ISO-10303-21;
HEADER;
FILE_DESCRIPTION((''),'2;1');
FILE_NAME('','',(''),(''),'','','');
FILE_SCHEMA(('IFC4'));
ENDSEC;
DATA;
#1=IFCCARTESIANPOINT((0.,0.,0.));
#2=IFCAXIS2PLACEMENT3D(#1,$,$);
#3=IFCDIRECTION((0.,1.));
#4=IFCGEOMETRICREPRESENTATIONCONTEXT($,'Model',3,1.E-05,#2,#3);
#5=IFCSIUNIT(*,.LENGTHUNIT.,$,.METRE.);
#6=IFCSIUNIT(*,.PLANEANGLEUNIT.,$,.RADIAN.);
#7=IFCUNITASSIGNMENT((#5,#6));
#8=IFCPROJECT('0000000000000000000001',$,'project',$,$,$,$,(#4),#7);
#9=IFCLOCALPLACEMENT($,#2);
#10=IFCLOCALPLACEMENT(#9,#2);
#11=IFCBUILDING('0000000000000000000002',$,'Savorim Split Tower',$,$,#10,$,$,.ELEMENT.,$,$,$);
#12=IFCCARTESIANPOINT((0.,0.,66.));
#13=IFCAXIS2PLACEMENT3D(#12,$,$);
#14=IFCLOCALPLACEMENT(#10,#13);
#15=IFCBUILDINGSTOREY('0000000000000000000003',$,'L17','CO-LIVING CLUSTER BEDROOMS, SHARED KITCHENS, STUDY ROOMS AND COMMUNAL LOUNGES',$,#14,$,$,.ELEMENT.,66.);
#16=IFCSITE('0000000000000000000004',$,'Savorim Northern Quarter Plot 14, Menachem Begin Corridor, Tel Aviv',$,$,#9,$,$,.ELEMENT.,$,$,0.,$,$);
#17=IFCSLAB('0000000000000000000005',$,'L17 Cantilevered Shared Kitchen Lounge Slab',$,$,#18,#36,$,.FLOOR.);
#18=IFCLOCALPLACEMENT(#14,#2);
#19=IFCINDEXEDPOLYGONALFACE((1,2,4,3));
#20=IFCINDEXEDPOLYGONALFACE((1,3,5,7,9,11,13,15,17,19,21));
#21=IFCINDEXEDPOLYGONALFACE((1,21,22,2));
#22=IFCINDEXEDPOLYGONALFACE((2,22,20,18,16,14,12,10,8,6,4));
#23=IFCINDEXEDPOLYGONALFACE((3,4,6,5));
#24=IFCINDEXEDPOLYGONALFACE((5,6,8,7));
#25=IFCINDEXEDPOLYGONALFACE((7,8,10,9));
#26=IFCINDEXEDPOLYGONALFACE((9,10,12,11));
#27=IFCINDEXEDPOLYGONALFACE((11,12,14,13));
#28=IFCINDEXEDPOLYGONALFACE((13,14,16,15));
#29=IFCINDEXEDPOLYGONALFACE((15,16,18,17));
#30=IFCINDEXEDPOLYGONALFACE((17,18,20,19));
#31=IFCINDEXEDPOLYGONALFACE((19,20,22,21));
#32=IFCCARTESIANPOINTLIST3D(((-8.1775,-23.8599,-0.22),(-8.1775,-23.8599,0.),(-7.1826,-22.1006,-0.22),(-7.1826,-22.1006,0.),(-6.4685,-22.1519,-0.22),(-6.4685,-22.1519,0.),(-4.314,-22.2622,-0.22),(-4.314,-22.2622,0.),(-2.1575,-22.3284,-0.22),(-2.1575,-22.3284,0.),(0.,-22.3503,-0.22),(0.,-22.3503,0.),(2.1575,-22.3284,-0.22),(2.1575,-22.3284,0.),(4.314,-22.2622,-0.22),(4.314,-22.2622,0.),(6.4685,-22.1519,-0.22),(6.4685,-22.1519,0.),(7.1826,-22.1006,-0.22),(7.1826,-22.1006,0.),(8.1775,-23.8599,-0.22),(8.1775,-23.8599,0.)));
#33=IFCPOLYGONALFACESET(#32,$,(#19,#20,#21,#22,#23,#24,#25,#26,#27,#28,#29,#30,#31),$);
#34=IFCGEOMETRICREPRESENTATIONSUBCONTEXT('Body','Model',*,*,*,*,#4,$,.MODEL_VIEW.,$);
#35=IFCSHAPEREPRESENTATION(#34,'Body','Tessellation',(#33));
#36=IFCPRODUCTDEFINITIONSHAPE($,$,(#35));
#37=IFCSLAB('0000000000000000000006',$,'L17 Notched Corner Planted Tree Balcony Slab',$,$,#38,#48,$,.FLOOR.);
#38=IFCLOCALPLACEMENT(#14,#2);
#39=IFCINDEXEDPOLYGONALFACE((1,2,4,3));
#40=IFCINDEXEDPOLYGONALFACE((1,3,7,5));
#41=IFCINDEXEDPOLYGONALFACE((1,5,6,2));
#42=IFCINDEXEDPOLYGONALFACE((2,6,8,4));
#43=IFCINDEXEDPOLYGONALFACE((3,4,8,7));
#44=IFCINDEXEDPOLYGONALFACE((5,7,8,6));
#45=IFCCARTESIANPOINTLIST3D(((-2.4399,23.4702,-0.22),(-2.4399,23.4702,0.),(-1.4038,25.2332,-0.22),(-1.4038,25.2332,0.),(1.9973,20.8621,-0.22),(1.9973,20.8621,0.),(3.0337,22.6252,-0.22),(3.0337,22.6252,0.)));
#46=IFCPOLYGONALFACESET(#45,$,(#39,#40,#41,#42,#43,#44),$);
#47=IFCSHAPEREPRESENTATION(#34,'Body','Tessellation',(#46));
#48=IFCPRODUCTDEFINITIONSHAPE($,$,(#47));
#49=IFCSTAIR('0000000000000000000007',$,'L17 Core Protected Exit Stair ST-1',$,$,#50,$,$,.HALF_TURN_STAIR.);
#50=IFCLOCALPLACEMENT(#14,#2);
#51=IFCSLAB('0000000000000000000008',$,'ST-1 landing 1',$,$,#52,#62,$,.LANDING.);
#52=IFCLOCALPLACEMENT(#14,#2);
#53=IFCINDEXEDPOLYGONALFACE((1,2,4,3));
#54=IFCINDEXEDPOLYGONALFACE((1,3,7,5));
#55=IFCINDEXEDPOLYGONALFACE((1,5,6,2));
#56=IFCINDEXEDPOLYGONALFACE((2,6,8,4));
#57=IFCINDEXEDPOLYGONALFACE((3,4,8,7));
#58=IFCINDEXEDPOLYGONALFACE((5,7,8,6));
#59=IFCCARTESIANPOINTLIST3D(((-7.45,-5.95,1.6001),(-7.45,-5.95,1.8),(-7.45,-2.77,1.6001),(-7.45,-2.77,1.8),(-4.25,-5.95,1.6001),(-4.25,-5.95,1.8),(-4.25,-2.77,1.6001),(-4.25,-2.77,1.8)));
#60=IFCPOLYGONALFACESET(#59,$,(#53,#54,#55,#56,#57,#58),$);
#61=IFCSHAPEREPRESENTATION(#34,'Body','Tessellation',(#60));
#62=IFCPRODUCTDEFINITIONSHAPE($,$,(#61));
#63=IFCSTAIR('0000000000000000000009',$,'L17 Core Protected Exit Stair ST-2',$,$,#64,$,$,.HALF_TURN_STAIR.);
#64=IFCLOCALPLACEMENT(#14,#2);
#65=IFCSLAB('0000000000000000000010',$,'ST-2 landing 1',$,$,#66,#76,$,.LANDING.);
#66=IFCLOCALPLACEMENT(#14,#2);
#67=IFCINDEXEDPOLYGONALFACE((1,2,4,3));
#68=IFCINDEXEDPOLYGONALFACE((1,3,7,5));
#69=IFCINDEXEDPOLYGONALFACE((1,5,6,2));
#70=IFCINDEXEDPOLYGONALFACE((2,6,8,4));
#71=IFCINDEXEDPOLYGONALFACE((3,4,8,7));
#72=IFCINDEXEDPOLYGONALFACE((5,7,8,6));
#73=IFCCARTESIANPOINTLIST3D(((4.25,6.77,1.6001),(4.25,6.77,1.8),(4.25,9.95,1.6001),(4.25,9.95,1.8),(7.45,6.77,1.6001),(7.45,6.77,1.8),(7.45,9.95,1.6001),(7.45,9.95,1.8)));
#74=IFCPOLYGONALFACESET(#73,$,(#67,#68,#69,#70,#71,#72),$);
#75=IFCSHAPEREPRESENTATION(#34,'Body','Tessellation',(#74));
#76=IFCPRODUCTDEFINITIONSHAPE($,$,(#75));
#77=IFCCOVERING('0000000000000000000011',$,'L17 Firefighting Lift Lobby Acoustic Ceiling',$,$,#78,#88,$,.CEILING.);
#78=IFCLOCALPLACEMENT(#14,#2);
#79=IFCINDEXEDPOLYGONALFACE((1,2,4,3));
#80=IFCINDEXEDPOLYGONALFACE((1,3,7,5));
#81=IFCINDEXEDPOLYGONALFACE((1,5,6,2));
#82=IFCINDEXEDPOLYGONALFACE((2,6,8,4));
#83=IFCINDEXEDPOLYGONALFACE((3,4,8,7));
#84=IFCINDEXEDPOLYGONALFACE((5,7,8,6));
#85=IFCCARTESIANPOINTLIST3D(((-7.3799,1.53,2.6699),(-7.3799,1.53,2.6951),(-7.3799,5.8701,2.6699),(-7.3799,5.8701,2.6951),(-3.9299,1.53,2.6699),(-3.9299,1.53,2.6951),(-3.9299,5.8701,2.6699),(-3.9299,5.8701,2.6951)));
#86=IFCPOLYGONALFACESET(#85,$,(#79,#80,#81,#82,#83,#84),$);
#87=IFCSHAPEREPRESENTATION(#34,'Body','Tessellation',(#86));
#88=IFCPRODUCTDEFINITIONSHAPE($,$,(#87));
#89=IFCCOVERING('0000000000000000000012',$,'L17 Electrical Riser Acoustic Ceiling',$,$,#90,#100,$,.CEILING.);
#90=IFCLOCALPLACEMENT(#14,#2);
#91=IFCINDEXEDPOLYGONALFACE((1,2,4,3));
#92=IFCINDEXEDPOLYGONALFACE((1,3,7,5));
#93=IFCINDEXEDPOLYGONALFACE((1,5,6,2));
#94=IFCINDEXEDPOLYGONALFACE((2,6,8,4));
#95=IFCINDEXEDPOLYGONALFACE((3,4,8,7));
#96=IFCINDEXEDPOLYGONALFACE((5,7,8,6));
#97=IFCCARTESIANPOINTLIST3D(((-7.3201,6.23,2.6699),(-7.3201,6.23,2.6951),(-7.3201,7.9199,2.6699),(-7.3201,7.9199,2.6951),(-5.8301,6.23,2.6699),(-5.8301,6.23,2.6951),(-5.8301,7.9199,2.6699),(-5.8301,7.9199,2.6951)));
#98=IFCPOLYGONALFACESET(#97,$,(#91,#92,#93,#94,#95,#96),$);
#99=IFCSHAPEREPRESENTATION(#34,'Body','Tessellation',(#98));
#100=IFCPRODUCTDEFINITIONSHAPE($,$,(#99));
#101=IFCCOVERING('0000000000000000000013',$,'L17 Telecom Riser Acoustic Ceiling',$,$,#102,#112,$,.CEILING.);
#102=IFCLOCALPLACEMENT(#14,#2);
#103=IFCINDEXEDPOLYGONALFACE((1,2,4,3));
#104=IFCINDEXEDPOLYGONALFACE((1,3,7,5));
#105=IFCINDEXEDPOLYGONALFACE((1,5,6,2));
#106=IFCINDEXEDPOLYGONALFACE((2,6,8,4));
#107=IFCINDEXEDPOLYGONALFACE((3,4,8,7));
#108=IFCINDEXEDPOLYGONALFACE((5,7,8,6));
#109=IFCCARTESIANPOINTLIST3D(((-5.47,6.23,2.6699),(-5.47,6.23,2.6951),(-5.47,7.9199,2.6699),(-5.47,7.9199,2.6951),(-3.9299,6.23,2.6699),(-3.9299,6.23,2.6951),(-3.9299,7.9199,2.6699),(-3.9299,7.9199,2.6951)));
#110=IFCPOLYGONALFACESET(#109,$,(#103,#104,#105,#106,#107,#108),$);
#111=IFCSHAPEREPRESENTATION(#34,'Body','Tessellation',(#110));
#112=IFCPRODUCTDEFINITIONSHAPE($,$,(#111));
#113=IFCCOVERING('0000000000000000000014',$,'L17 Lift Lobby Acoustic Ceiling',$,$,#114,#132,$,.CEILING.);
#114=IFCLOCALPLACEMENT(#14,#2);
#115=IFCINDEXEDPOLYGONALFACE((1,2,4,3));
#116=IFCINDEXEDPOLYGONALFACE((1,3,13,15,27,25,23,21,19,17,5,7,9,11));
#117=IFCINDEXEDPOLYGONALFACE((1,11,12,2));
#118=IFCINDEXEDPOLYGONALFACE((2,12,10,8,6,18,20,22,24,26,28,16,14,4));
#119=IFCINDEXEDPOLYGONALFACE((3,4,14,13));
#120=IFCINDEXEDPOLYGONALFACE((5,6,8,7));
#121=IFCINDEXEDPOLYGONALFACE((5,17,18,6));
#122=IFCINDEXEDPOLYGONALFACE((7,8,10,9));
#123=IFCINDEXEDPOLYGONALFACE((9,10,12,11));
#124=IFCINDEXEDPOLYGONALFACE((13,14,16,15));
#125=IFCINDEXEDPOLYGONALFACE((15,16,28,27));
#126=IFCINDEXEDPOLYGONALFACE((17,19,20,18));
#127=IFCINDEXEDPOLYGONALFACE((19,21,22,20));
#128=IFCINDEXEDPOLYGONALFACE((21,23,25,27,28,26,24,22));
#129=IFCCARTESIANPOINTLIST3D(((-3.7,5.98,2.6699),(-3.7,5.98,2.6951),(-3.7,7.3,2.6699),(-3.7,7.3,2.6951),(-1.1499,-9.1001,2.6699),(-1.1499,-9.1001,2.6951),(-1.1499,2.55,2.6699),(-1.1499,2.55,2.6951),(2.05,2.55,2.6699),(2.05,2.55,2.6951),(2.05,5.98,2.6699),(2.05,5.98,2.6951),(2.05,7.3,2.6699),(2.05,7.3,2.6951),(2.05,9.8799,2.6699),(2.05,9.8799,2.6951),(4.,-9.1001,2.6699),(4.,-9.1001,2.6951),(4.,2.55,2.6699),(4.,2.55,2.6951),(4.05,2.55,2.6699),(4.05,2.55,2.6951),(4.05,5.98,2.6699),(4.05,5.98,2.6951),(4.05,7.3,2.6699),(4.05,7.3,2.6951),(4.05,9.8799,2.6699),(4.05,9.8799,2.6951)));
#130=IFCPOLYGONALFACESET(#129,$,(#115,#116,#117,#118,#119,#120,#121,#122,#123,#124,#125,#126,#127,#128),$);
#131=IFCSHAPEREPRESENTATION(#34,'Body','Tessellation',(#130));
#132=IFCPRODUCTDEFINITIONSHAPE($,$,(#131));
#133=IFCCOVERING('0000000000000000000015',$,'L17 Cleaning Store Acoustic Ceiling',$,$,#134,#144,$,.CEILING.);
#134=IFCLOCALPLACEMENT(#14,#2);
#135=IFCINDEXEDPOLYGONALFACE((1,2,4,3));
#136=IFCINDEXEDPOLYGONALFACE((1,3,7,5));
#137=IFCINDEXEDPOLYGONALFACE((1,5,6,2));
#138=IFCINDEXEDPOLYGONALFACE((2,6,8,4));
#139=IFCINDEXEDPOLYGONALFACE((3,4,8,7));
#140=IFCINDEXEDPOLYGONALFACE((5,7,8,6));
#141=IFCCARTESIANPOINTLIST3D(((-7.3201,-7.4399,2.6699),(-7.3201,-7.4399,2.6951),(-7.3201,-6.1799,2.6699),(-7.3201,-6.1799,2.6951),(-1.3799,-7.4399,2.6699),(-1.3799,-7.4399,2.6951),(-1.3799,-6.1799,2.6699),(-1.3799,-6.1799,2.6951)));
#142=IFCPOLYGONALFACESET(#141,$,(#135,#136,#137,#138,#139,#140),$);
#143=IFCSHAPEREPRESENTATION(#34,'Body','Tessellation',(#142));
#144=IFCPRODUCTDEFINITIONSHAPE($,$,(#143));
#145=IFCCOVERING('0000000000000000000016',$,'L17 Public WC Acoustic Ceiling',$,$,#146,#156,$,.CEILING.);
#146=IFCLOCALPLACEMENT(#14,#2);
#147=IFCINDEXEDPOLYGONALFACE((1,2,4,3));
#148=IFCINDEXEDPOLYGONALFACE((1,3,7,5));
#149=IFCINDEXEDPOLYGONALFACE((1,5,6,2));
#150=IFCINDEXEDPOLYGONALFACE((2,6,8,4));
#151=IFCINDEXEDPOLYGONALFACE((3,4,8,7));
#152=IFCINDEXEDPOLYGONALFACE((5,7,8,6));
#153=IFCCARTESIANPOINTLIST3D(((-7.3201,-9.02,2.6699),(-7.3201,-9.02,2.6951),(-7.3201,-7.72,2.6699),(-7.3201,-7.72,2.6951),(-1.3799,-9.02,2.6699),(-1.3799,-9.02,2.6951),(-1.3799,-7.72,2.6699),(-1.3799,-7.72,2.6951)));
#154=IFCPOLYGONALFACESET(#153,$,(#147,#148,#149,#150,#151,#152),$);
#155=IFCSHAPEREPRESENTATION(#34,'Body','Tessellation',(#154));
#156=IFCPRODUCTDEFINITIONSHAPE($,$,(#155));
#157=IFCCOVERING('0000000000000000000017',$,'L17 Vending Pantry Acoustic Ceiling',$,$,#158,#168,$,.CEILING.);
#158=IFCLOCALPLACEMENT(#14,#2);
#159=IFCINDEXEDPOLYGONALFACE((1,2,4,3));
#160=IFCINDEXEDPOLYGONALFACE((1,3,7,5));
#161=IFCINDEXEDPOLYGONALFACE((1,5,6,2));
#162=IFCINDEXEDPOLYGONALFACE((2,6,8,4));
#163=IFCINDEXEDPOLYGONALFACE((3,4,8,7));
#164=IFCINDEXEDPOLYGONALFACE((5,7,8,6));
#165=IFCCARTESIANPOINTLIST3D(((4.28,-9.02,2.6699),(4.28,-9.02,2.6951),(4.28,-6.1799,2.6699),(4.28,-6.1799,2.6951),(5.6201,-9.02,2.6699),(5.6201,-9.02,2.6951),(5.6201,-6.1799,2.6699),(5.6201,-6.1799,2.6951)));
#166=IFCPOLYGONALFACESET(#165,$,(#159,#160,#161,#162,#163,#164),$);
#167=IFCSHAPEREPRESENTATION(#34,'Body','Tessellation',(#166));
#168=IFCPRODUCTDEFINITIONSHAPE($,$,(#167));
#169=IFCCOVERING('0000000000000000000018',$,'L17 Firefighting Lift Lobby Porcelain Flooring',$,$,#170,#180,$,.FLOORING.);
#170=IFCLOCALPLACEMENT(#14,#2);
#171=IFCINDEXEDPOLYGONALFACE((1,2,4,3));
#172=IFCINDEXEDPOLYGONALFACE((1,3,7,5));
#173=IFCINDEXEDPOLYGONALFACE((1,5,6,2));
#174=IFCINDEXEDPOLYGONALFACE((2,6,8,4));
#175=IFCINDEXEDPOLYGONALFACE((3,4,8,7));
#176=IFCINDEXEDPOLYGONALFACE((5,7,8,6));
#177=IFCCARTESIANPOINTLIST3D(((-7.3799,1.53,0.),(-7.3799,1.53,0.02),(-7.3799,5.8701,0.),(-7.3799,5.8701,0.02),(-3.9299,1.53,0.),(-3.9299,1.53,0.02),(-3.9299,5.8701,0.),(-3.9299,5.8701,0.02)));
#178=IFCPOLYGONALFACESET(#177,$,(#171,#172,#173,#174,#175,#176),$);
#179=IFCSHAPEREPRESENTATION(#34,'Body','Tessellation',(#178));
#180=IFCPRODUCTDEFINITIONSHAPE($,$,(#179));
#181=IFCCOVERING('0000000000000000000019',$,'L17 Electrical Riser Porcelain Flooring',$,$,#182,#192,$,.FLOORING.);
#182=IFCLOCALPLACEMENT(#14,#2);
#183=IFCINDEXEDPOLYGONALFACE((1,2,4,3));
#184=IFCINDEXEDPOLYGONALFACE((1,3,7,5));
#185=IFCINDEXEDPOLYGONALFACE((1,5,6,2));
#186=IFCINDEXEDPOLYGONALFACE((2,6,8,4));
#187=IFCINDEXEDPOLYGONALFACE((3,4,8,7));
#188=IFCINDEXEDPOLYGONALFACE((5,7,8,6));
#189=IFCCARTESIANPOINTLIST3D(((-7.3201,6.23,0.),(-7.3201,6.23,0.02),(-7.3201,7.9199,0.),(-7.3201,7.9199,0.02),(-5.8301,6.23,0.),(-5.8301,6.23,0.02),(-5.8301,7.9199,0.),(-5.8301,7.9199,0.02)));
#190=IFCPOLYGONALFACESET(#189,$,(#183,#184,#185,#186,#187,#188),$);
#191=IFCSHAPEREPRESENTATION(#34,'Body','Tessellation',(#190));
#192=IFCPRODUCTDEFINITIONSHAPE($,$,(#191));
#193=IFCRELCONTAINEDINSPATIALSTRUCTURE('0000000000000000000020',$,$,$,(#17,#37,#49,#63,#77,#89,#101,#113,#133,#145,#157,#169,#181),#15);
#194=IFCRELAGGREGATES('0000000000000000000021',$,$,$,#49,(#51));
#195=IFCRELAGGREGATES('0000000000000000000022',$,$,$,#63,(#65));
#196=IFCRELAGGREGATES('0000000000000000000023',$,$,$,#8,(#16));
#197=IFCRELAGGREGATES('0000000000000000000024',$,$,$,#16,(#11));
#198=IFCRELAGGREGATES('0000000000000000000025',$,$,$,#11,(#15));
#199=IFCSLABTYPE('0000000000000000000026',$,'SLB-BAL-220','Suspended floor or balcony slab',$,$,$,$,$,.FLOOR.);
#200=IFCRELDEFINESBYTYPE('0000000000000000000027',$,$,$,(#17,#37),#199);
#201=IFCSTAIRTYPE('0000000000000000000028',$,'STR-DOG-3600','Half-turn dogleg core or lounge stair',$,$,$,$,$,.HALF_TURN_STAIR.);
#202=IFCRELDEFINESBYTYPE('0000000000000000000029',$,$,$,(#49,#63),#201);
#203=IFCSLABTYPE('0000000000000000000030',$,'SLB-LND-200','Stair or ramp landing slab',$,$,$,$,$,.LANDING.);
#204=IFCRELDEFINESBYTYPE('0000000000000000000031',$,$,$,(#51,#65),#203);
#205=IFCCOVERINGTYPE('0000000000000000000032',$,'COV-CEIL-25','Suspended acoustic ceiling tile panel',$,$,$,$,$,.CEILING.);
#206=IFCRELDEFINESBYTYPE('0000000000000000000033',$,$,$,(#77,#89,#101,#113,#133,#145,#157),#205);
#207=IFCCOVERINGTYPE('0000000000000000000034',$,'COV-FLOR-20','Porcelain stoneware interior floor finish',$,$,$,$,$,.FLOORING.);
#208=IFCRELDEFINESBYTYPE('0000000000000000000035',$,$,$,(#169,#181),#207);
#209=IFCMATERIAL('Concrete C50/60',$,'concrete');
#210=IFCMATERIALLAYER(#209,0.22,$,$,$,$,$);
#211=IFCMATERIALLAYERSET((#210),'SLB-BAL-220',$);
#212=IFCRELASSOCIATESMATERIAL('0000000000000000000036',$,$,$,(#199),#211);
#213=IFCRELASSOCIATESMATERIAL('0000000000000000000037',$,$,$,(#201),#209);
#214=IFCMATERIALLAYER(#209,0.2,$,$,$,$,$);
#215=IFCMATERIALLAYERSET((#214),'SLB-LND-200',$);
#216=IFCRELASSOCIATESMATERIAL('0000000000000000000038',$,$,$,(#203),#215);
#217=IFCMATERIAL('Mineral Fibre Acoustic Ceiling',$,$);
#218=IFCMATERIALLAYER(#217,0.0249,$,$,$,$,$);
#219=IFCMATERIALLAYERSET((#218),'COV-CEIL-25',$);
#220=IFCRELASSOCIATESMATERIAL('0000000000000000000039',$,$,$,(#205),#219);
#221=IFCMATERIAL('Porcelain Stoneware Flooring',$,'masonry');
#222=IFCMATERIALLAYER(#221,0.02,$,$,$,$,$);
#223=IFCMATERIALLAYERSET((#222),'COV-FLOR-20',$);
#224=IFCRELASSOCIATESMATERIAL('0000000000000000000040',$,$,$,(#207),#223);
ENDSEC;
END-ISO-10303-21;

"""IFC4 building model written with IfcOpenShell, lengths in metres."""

from ifc_helpers import new_model, si_unit, direction, frame, origin, place, context, subcontext, project, spatial, polyline, outline, extrude, material, layer, layer_set, type_object, element, aggregate, save


model = new_model("IFC4")

# Units and contexts
model_context = context("Model", 3, precision=1e-05, world=origin(), true_north=direction((0.0, 1.0)))
body_context = subcontext(model_context, "Body", "Model", "MODEL_VIEW")
ifc_project = project(units=[si_unit("LENGTHUNIT", "METRE"), si_unit("PLANEANGLEUNIT", "RADIAN")], contexts=[model_context])

# Site, building, storey
site_placement = place(None, origin())
site = spatial("IfcSite", under=ifc_project, at=site_placement, Name="Savorim Northern Quarter Plot 14, Menachem Begin Corridor, Tel Aviv", CompositionType="ELEMENT", RefElevation=0.0)
building_placement = place(site_placement, origin())
building = spatial("IfcBuilding", under=site, at=building_placement, Name="Savorim Split Tower", CompositionType="ELEMENT")
storey_placement = place(building_placement, frame((0.0, 0.0, 66.0)))
storey = spatial("IfcBuildingStorey", under=building, at=storey_placement, Name="L17", Description="CO-LIVING CLUSTER BEDROOMS, SHARED KITCHENS, STUDY ROOMS AND COMMUNAL LOUNGES", CompositionType="ELEMENT", Elevation=66.0)

# Slabs
ifc_material_1 = material(Name="Concrete C50/60", Category="concrete")
ifc_layer_1 = layer(ifc_material_1, 0.22)
ifc_layer_set_1 = layer_set([ifc_layer_1], Name="SLB-BAL-220")
slab_type_1 = type_object("IfcSlabType", Name="SLB-BAL-220", Description="Suspended floor or balcony slab", PredefinedType="FLOOR", material=ifc_layer_set_1)
slab_1_placement = place(storey_placement, frame((0.0, 0.0, -0.22)))
element("IfcSlab", 1, at=slab_1_placement, inside=storey, type_object=slab_type_1, Name="L17 Cantilevered Shared Kitchen Lounge Slab", PredefinedType="FLOOR", context=body_context, shape_type="SweptSolid", body=[
    extrude(outline(polyline([(7.1826, -22.1006), (6.4685, -22.1519), (4.314, -22.2622), (2.1575, -22.3284), (0.0, -22.3503), (-2.1575, -22.3284), (-4.314, -22.2622), (-6.4685, -22.1519), (-7.1826, -22.1006), (-8.1775, -23.8599), (8.1775, -23.8599), (7.1826, -22.1006)])), origin(), (0.0, 0.0, 1.0), 0.22),
])
slab_2_placement = place(storey_placement, frame((0.0, 0.0, -0.22)))
element("IfcSlab", 2, at=slab_2_placement, inside=storey, type_object=slab_type_1, Name="L17 Notched Corner Planted Tree Balcony Slab", PredefinedType="FLOOR", context=body_context, shape_type="SweptSolid", body=[
    extrude(outline(polyline([(-2.4399, 23.4702), (1.9973, 20.8621), (3.0337, 22.6252), (-1.4038, 25.2332), (-2.4399, 23.4702)])), origin(), (0.0, 0.0, 1.0), 0.22),
])

# Stairs, slabs
stair_type = type_object("IfcStairType", Name="STR-DOG-3600", Description="Half-turn dogleg core or lounge stair", PredefinedType="HALF_TURN_STAIR", material=ifc_material_1)
stair_1_placement = place(storey_placement, origin())
stair_1 = element("IfcStair", 3, at=stair_1_placement, inside=storey, type_object=stair_type, Name="L17 Core Protected Exit Stair ST-1", PredefinedType="HALF_TURN_STAIR")
ifc_layer_2 = layer(ifc_material_1, 0.2)
ifc_layer_set_2 = layer_set([ifc_layer_2], Name="SLB-LND-200")
slab_type_2 = type_object("IfcSlabType", Name="SLB-LND-200", Description="Stair or ramp landing slab", PredefinedType="LANDING", material=ifc_layer_set_2)
slab_3_placement = place(storey_placement, frame((0.0, 0.0, 1.6001)))
slab_3 = element("IfcSlab", 4, at=slab_3_placement, type_object=slab_type_2, Name="ST-1 landing 1", PredefinedType="LANDING", context=body_context, shape_type="SweptSolid", body=[
    extrude(outline(polyline([(-7.45, -2.77), (-7.45, -5.95), (-4.25, -5.95), (-4.25, -2.77), (-7.45, -2.77)])), origin(), (0.0, 0.0, 1.0), 0.2),
])
aggregate(stair_1, [slab_3])
stair_2_placement = place(storey_placement, origin())
stair_2 = element("IfcStair", 5, at=stair_2_placement, inside=storey, type_object=stair_type, Name="L17 Core Protected Exit Stair ST-2", PredefinedType="HALF_TURN_STAIR")
slab_4_placement = place(storey_placement, frame((0.0, 0.0, 1.6001)))
slab_4 = element("IfcSlab", 6, at=slab_4_placement, type_object=slab_type_2, Name="ST-2 landing 1", PredefinedType="LANDING", context=body_context, shape_type="SweptSolid", body=[
    extrude(outline(polyline([(7.45, 6.77), (7.45, 9.95), (4.25, 9.95), (4.25, 6.77), (7.45, 6.77)])), origin(), (0.0, 0.0, 1.0), 0.2),
])
aggregate(stair_2, [slab_4])

# Coverings
ifc_material_2 = material(Name="Mineral Fibre Acoustic Ceiling")
ifc_layer_3 = layer(ifc_material_2, 0.0249)
ifc_layer_set_3 = layer_set([ifc_layer_3], Name="COV-CEIL-25")
covering_type_1 = type_object("IfcCoveringType", Name="COV-CEIL-25", Description="Suspended acoustic ceiling tile panel", PredefinedType="CEILING", material=ifc_layer_set_3)
covering_1_placement = place(storey_placement, frame((0.0, 0.0, 2.6699)))
element("IfcCovering", 7, at=covering_1_placement, inside=storey, type_object=covering_type_1, Name="L17 Firefighting Lift Lobby Acoustic Ceiling", PredefinedType="CEILING", context=body_context, shape_type="SweptSolid", body=[
    extrude(outline(polyline([(-7.3799, 5.8701), (-7.3799, 1.53), (-3.9299, 1.53), (-3.9299, 5.8701), (-7.3799, 5.8701)])), origin(), (0.0, 0.0, 1.0), 0.0251),
])
covering_2_placement = place(storey_placement, frame((0.0, 0.0, 2.6699)))
element("IfcCovering", 8, at=covering_2_placement, inside=storey, type_object=covering_type_1, Name="L17 Electrical Riser Acoustic Ceiling", PredefinedType="CEILING", context=body_context, shape_type="SweptSolid", body=[
    extrude(outline(polyline([(-7.3201, 7.9199), (-7.3201, 6.23), (-5.8301, 6.23), (-5.8301, 7.9199), (-7.3201, 7.9199)])), origin(), (0.0, 0.0, 1.0), 0.0251),
])
covering_3_placement = place(storey_placement, frame((0.0, 0.0, 2.6699)))
element("IfcCovering", 9, at=covering_3_placement, inside=storey, type_object=covering_type_1, Name="L17 Telecom Riser Acoustic Ceiling", PredefinedType="CEILING", context=body_context, shape_type="SweptSolid", body=[
    extrude(outline(polyline([(-5.47, 7.9199), (-5.47, 6.23), (-3.9299, 6.23), (-3.9299, 7.9199), (-5.47, 7.9199)])), origin(), (0.0, 0.0, 1.0), 0.0251),
])
covering_4_placement = place(storey_placement, frame((0.0, 0.0, 2.6699)))
element("IfcCovering", 10, at=covering_4_placement, inside=storey, type_object=covering_type_1, Name="L17 Lift Lobby Acoustic Ceiling", PredefinedType="CEILING", context=body_context, shape_type="SweptSolid", body=[
    extrude(outline(polyline([(2.05, 2.55), (-1.1499, 2.55), (-1.1499, -9.1001), (4.0, -9.1001), (4.0, 2.55), (4.05, 2.55), (4.05, 5.98), (4.05, 7.3), (4.05, 9.8799), (2.05, 9.8799), (2.05, 7.3), (-3.7, 7.3), (-3.7, 5.98), (2.05, 5.98), (2.05, 2.55)])), origin(), (0.0, 0.0, 1.0), 0.0251),
])
covering_5_placement = place(storey_placement, frame((0.0, 0.0, 2.6699)))
element("IfcCovering", 11, at=covering_5_placement, inside=storey, type_object=covering_type_1, Name="L17 Cleaning Store Acoustic Ceiling", PredefinedType="CEILING", context=body_context, shape_type="SweptSolid", body=[
    extrude(outline(polyline([(-7.3201, -6.1799), (-7.3201, -7.4399), (-1.3799, -7.4399), (-1.3799, -6.1799), (-7.3201, -6.1799)])), origin(), (0.0, 0.0, 1.0), 0.0251),
])
covering_6_placement = place(storey_placement, frame((0.0, 0.0, 2.6699)))
element("IfcCovering", 12, at=covering_6_placement, inside=storey, type_object=covering_type_1, Name="L17 Public WC Acoustic Ceiling", PredefinedType="CEILING", context=body_context, shape_type="SweptSolid", body=[
    extrude(outline(polyline([(-7.3201, -7.72), (-7.3201, -9.02), (-1.3799, -9.02), (-1.3799, -7.72), (-7.3201, -7.72)])), origin(), (0.0, 0.0, 1.0), 0.0251),
])
covering_7_placement = place(storey_placement, frame((0.0, 0.0, 2.6699)))
element("IfcCovering", 13, at=covering_7_placement, inside=storey, type_object=covering_type_1, Name="L17 Vending Pantry Acoustic Ceiling", PredefinedType="CEILING", context=body_context, shape_type="SweptSolid", body=[
    extrude(outline(polyline([(4.28, -6.1799), (4.28, -9.02), (5.6201, -9.02), (5.6201, -6.1799), (4.28, -6.1799)])), origin(), (0.0, 0.0, 1.0), 0.0251),
])
ifc_material_3 = material(Name="Porcelain Stoneware Flooring", Category="masonry")
ifc_layer_4 = layer(ifc_material_3, 0.02)
ifc_layer_set_4 = layer_set([ifc_layer_4], Name="COV-FLOR-20")
covering_type_2 = type_object("IfcCoveringType", Name="COV-FLOR-20", Description="Porcelain stoneware interior floor finish", PredefinedType="FLOORING", material=ifc_layer_set_4)
covering_8_placement = place(storey_placement, origin())
element("IfcCovering", 14, at=covering_8_placement, inside=storey, type_object=covering_type_2, Name="L17 Firefighting Lift Lobby Porcelain Flooring", PredefinedType="FLOORING", context=body_context, shape_type="SweptSolid", body=[
    extrude(outline(polyline([(-7.3799, 5.8701), (-7.3799, 1.53), (-3.9299, 1.53), (-3.9299, 5.8701), (-7.3799, 5.8701)])), origin(), (0.0, 0.0, 1.0), 0.02),
])
covering_9_placement = place(storey_placement, origin())
element("IfcCovering", 15, at=covering_9_placement, inside=storey, type_object=covering_type_2, Name="L17 Electrical Riser Porcelain Flooring", PredefinedType="FLOORING", context=body_context, shape_type="SweptSolid", body=[
    extrude(outline(polyline([(-7.3201, 7.9199), (-7.3201, 6.23), (-5.8301, 6.23), (-5.8301, 7.9199), (-7.3201, 7.9199)])), origin(), (0.0, 0.0, 1.0), 0.02),
])

save(model, "model.ifc")
